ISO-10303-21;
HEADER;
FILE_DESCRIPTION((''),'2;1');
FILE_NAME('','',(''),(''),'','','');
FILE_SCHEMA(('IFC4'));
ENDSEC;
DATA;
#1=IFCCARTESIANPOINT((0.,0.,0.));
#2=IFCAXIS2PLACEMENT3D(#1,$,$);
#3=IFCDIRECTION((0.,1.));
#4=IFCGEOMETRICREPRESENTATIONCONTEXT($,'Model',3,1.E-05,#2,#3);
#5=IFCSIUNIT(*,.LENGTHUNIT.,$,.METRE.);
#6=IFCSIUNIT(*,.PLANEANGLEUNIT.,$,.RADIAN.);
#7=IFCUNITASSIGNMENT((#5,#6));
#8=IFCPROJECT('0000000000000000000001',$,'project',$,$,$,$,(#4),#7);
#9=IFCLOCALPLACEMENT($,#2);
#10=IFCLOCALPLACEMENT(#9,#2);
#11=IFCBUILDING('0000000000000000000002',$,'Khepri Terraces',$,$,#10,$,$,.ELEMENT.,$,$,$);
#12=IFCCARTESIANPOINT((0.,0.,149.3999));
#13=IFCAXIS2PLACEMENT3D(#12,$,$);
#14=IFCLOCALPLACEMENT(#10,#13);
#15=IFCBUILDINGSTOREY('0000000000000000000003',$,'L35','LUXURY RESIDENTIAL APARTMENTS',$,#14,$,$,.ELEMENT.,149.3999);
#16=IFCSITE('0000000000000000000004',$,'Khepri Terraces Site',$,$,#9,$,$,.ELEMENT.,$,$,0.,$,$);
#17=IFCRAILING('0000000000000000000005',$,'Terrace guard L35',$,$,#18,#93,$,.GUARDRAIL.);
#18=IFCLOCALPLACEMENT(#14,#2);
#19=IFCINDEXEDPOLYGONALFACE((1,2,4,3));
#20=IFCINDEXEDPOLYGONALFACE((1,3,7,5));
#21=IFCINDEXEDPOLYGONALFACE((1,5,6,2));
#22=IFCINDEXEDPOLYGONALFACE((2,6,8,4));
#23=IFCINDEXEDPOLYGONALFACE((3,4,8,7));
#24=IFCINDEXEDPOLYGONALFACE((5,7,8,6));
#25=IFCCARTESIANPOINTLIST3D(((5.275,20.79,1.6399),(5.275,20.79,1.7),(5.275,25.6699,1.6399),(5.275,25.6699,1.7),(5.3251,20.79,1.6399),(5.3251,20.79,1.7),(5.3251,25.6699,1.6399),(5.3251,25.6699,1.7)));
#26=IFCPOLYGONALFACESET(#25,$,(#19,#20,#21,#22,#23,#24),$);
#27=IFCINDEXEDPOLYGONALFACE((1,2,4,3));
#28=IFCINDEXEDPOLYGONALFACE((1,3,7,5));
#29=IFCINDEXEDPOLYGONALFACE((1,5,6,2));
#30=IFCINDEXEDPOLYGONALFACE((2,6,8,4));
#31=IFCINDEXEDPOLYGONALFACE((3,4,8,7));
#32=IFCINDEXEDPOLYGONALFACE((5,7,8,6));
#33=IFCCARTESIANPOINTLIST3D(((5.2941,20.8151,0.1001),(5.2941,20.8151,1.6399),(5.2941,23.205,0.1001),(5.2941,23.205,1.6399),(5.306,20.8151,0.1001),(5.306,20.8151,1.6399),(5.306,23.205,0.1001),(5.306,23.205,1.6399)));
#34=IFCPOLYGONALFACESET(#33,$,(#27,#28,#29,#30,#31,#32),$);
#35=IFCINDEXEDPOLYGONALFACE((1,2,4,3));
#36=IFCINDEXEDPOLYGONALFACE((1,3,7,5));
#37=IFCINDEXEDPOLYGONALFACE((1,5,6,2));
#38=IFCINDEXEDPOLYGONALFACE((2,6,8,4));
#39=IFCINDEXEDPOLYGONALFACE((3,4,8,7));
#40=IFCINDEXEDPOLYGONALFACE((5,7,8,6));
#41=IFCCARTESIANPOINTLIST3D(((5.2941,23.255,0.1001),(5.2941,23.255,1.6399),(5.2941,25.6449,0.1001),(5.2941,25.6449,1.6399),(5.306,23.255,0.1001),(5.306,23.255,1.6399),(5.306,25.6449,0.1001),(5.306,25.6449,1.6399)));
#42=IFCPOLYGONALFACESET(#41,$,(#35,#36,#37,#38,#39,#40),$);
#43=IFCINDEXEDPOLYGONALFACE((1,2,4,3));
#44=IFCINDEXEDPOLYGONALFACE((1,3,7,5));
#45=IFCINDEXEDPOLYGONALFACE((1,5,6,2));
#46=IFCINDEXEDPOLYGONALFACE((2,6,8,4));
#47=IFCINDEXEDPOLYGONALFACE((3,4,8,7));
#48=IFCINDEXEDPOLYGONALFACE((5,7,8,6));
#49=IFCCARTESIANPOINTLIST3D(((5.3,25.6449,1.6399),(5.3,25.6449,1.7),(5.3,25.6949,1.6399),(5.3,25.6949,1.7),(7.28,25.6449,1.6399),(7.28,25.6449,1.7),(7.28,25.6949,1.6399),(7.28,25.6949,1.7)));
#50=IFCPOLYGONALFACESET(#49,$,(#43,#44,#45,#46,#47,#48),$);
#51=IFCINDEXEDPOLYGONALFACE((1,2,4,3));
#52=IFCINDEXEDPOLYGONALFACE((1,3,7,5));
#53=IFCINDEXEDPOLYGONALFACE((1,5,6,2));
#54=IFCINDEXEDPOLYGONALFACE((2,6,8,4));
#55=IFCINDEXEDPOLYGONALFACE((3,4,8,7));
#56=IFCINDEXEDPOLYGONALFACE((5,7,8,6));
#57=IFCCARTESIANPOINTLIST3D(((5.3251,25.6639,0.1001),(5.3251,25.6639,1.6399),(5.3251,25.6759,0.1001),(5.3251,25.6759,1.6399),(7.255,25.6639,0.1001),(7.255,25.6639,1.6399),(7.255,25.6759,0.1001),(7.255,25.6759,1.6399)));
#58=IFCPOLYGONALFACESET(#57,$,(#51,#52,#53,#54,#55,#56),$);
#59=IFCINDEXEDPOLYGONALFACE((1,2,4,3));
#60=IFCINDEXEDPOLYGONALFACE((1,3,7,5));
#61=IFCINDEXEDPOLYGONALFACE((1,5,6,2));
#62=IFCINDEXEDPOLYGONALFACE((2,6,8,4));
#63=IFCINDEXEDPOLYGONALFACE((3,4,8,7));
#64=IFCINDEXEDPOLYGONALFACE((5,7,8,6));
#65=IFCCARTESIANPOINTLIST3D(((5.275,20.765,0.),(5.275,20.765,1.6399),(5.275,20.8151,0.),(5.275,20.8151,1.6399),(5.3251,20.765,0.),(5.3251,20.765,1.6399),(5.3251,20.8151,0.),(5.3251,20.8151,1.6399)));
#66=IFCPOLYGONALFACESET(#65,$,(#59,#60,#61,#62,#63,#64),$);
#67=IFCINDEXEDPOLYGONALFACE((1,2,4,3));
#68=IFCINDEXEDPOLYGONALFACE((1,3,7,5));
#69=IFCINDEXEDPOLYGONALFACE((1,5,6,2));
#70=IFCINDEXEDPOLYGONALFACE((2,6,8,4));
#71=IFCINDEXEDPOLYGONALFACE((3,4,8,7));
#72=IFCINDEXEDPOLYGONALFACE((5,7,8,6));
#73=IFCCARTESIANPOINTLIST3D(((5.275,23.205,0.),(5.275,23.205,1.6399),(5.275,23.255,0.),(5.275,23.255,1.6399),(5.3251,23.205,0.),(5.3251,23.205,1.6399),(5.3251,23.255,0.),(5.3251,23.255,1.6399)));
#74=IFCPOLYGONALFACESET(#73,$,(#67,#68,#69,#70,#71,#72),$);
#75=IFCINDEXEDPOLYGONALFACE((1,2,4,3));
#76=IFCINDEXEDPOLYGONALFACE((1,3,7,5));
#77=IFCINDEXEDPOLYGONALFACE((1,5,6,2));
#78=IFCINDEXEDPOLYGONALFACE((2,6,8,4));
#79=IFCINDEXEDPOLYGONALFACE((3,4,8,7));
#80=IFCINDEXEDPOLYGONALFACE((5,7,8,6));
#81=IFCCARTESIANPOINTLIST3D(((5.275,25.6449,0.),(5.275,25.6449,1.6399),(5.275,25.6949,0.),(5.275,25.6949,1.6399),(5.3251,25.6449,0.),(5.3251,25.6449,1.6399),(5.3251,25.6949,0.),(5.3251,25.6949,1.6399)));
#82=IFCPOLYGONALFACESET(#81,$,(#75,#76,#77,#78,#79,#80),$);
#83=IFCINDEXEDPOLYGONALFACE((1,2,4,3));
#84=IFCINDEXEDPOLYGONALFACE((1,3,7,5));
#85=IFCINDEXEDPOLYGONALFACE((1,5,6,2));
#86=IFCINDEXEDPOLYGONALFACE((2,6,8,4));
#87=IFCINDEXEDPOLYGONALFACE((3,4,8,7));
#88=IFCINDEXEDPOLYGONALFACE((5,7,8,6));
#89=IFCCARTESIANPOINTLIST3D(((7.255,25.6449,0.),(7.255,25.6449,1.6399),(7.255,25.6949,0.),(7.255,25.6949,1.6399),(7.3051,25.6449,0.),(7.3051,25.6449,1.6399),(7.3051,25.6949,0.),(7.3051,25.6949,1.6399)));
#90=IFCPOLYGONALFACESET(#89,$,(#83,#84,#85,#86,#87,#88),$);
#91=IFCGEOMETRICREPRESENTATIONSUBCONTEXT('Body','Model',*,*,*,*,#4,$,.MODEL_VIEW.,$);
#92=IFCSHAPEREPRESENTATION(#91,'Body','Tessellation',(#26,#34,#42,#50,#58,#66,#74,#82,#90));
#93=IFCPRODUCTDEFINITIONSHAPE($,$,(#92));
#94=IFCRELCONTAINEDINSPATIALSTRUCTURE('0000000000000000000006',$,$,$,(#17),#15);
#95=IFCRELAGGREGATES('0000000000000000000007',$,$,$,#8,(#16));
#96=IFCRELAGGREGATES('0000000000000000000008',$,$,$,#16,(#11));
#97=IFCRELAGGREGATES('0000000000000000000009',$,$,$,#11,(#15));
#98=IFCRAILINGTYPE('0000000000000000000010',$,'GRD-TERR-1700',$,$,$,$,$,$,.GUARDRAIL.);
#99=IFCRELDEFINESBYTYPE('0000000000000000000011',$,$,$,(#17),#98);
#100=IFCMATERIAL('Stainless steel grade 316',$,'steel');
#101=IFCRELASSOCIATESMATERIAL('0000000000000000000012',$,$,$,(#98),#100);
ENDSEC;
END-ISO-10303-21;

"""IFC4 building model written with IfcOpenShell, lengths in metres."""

from ifc_helpers import new_model, si_unit, direction, frame, origin, origin_2d, place, context, subcontext, project, spatial, rectangle, extrude, material, type_object, element, save


model = new_model("IFC4")

# Units and contexts
model_context = context("Model", 3, precision=1e-05, world=origin(), true_north=direction((0.0, 1.0)))
body_context = subcontext(model_context, "Body", "Model", "MODEL_VIEW")
ifc_project = project(units=[si_unit("LENGTHUNIT", "METRE"), si_unit("PLANEANGLEUNIT", "RADIAN")], contexts=[model_context])

# Site, building, storey
site_placement = place(None, origin())
site = spatial("IfcSite", under=ifc_project, at=site_placement, Name="Khepri Terraces Site", CompositionType="ELEMENT", RefElevation=0.0)
building_placement = place(site_placement, origin())
building = spatial("IfcBuilding", under=site, at=building_placement, Name="Khepri Terraces", CompositionType="ELEMENT")
storey_placement = place(building_placement, frame((0.0, 0.0, 149.3999)))
storey = spatial("IfcBuildingStorey", under=building, at=storey_placement, Name="L35", Description="LUXURY RESIDENTIAL APARTMENTS", CompositionType="ELEMENT", Elevation=149.3999)

# Railing
ifc_material_1 = material(Name="Stainless steel grade 316", Category="steel")
railing_type = type_object("IfcRailingType", Name="GRD-TERR-1700", PredefinedType="GUARDRAIL", material=ifc_material_1)
railing_placement = place(storey_placement, frame((5.3, 20.79, 0.0)))
element("IfcRailing", 1, at=railing_placement, inside=storey, type_object=railing_type, Name="Terrace guard L35", PredefinedType="GUARDRAIL", context=body_context, shape_type="SweptSolid", body=[
    extrude(rectangle(XDim=0.05, YDim=0.0601, at=origin_2d()), frame((0.0, 0.0, 1.6699), z_axis=(0.0, 1.0, 0.0), x_axis=(-1.0, 0.0, 0.0)), (0.0, 0.0, 1.0), 4.8799),
    extrude(rectangle(XDim=2.3899, YDim=0.012, at=origin_2d()), frame((0.0, 1.22, 0.1001), z_axis=(0.0, 0.0, 1.0), x_axis=(0.0, 1.0, 0.0)), (0.0, 0.0, 1.0), 1.5398),
    extrude(rectangle(XDim=2.3899, YDim=0.012, at=origin_2d()), frame((0.0, 3.6599, 0.1001), z_axis=(0.0, 0.0, 1.0), x_axis=(0.0, 1.0, 0.0)), (0.0, 0.0, 1.0), 1.5398),
    extrude(rectangle(XDim=0.05, YDim=0.0601, at=origin_2d()), frame((0.0, 4.8799, 1.6699), z_axis=(1.0, 0.0, 0.0), x_axis=(0.0, 1.0, 0.0)), (0.0, 0.0, 1.0), 1.98),
    extrude(rectangle(XDim=1.9299, YDim=0.012, at=origin_2d()), frame((0.99, 4.8799, 0.1001), z_axis=(0.0, 0.0, 1.0), x_axis=(1.0, 0.0, 0.0)), (0.0, 0.0, 1.0), 1.5398),
    extrude(rectangle(XDim=0.05, YDim=0.05, at=origin_2d()), origin(), (0.0, 0.0, 1.0), 1.6399),
    extrude(rectangle(XDim=0.05, YDim=0.05, at=origin_2d()), frame((0.0, 2.4399, 0.0)), (0.0, 0.0, 1.0), 1.6399),
    extrude(rectangle(XDim=0.05, YDim=0.05, at=origin_2d()), frame((0.0, 4.8799, 0.0)), (0.0, 0.0, 1.0), 1.6399),
    extrude(rectangle(XDim=0.05, YDim=0.05, at=origin_2d()), frame((1.98, 4.8799, 0.0)), (0.0, 0.0, 1.0), 1.6399),
])

save(model, "model.ifc")
